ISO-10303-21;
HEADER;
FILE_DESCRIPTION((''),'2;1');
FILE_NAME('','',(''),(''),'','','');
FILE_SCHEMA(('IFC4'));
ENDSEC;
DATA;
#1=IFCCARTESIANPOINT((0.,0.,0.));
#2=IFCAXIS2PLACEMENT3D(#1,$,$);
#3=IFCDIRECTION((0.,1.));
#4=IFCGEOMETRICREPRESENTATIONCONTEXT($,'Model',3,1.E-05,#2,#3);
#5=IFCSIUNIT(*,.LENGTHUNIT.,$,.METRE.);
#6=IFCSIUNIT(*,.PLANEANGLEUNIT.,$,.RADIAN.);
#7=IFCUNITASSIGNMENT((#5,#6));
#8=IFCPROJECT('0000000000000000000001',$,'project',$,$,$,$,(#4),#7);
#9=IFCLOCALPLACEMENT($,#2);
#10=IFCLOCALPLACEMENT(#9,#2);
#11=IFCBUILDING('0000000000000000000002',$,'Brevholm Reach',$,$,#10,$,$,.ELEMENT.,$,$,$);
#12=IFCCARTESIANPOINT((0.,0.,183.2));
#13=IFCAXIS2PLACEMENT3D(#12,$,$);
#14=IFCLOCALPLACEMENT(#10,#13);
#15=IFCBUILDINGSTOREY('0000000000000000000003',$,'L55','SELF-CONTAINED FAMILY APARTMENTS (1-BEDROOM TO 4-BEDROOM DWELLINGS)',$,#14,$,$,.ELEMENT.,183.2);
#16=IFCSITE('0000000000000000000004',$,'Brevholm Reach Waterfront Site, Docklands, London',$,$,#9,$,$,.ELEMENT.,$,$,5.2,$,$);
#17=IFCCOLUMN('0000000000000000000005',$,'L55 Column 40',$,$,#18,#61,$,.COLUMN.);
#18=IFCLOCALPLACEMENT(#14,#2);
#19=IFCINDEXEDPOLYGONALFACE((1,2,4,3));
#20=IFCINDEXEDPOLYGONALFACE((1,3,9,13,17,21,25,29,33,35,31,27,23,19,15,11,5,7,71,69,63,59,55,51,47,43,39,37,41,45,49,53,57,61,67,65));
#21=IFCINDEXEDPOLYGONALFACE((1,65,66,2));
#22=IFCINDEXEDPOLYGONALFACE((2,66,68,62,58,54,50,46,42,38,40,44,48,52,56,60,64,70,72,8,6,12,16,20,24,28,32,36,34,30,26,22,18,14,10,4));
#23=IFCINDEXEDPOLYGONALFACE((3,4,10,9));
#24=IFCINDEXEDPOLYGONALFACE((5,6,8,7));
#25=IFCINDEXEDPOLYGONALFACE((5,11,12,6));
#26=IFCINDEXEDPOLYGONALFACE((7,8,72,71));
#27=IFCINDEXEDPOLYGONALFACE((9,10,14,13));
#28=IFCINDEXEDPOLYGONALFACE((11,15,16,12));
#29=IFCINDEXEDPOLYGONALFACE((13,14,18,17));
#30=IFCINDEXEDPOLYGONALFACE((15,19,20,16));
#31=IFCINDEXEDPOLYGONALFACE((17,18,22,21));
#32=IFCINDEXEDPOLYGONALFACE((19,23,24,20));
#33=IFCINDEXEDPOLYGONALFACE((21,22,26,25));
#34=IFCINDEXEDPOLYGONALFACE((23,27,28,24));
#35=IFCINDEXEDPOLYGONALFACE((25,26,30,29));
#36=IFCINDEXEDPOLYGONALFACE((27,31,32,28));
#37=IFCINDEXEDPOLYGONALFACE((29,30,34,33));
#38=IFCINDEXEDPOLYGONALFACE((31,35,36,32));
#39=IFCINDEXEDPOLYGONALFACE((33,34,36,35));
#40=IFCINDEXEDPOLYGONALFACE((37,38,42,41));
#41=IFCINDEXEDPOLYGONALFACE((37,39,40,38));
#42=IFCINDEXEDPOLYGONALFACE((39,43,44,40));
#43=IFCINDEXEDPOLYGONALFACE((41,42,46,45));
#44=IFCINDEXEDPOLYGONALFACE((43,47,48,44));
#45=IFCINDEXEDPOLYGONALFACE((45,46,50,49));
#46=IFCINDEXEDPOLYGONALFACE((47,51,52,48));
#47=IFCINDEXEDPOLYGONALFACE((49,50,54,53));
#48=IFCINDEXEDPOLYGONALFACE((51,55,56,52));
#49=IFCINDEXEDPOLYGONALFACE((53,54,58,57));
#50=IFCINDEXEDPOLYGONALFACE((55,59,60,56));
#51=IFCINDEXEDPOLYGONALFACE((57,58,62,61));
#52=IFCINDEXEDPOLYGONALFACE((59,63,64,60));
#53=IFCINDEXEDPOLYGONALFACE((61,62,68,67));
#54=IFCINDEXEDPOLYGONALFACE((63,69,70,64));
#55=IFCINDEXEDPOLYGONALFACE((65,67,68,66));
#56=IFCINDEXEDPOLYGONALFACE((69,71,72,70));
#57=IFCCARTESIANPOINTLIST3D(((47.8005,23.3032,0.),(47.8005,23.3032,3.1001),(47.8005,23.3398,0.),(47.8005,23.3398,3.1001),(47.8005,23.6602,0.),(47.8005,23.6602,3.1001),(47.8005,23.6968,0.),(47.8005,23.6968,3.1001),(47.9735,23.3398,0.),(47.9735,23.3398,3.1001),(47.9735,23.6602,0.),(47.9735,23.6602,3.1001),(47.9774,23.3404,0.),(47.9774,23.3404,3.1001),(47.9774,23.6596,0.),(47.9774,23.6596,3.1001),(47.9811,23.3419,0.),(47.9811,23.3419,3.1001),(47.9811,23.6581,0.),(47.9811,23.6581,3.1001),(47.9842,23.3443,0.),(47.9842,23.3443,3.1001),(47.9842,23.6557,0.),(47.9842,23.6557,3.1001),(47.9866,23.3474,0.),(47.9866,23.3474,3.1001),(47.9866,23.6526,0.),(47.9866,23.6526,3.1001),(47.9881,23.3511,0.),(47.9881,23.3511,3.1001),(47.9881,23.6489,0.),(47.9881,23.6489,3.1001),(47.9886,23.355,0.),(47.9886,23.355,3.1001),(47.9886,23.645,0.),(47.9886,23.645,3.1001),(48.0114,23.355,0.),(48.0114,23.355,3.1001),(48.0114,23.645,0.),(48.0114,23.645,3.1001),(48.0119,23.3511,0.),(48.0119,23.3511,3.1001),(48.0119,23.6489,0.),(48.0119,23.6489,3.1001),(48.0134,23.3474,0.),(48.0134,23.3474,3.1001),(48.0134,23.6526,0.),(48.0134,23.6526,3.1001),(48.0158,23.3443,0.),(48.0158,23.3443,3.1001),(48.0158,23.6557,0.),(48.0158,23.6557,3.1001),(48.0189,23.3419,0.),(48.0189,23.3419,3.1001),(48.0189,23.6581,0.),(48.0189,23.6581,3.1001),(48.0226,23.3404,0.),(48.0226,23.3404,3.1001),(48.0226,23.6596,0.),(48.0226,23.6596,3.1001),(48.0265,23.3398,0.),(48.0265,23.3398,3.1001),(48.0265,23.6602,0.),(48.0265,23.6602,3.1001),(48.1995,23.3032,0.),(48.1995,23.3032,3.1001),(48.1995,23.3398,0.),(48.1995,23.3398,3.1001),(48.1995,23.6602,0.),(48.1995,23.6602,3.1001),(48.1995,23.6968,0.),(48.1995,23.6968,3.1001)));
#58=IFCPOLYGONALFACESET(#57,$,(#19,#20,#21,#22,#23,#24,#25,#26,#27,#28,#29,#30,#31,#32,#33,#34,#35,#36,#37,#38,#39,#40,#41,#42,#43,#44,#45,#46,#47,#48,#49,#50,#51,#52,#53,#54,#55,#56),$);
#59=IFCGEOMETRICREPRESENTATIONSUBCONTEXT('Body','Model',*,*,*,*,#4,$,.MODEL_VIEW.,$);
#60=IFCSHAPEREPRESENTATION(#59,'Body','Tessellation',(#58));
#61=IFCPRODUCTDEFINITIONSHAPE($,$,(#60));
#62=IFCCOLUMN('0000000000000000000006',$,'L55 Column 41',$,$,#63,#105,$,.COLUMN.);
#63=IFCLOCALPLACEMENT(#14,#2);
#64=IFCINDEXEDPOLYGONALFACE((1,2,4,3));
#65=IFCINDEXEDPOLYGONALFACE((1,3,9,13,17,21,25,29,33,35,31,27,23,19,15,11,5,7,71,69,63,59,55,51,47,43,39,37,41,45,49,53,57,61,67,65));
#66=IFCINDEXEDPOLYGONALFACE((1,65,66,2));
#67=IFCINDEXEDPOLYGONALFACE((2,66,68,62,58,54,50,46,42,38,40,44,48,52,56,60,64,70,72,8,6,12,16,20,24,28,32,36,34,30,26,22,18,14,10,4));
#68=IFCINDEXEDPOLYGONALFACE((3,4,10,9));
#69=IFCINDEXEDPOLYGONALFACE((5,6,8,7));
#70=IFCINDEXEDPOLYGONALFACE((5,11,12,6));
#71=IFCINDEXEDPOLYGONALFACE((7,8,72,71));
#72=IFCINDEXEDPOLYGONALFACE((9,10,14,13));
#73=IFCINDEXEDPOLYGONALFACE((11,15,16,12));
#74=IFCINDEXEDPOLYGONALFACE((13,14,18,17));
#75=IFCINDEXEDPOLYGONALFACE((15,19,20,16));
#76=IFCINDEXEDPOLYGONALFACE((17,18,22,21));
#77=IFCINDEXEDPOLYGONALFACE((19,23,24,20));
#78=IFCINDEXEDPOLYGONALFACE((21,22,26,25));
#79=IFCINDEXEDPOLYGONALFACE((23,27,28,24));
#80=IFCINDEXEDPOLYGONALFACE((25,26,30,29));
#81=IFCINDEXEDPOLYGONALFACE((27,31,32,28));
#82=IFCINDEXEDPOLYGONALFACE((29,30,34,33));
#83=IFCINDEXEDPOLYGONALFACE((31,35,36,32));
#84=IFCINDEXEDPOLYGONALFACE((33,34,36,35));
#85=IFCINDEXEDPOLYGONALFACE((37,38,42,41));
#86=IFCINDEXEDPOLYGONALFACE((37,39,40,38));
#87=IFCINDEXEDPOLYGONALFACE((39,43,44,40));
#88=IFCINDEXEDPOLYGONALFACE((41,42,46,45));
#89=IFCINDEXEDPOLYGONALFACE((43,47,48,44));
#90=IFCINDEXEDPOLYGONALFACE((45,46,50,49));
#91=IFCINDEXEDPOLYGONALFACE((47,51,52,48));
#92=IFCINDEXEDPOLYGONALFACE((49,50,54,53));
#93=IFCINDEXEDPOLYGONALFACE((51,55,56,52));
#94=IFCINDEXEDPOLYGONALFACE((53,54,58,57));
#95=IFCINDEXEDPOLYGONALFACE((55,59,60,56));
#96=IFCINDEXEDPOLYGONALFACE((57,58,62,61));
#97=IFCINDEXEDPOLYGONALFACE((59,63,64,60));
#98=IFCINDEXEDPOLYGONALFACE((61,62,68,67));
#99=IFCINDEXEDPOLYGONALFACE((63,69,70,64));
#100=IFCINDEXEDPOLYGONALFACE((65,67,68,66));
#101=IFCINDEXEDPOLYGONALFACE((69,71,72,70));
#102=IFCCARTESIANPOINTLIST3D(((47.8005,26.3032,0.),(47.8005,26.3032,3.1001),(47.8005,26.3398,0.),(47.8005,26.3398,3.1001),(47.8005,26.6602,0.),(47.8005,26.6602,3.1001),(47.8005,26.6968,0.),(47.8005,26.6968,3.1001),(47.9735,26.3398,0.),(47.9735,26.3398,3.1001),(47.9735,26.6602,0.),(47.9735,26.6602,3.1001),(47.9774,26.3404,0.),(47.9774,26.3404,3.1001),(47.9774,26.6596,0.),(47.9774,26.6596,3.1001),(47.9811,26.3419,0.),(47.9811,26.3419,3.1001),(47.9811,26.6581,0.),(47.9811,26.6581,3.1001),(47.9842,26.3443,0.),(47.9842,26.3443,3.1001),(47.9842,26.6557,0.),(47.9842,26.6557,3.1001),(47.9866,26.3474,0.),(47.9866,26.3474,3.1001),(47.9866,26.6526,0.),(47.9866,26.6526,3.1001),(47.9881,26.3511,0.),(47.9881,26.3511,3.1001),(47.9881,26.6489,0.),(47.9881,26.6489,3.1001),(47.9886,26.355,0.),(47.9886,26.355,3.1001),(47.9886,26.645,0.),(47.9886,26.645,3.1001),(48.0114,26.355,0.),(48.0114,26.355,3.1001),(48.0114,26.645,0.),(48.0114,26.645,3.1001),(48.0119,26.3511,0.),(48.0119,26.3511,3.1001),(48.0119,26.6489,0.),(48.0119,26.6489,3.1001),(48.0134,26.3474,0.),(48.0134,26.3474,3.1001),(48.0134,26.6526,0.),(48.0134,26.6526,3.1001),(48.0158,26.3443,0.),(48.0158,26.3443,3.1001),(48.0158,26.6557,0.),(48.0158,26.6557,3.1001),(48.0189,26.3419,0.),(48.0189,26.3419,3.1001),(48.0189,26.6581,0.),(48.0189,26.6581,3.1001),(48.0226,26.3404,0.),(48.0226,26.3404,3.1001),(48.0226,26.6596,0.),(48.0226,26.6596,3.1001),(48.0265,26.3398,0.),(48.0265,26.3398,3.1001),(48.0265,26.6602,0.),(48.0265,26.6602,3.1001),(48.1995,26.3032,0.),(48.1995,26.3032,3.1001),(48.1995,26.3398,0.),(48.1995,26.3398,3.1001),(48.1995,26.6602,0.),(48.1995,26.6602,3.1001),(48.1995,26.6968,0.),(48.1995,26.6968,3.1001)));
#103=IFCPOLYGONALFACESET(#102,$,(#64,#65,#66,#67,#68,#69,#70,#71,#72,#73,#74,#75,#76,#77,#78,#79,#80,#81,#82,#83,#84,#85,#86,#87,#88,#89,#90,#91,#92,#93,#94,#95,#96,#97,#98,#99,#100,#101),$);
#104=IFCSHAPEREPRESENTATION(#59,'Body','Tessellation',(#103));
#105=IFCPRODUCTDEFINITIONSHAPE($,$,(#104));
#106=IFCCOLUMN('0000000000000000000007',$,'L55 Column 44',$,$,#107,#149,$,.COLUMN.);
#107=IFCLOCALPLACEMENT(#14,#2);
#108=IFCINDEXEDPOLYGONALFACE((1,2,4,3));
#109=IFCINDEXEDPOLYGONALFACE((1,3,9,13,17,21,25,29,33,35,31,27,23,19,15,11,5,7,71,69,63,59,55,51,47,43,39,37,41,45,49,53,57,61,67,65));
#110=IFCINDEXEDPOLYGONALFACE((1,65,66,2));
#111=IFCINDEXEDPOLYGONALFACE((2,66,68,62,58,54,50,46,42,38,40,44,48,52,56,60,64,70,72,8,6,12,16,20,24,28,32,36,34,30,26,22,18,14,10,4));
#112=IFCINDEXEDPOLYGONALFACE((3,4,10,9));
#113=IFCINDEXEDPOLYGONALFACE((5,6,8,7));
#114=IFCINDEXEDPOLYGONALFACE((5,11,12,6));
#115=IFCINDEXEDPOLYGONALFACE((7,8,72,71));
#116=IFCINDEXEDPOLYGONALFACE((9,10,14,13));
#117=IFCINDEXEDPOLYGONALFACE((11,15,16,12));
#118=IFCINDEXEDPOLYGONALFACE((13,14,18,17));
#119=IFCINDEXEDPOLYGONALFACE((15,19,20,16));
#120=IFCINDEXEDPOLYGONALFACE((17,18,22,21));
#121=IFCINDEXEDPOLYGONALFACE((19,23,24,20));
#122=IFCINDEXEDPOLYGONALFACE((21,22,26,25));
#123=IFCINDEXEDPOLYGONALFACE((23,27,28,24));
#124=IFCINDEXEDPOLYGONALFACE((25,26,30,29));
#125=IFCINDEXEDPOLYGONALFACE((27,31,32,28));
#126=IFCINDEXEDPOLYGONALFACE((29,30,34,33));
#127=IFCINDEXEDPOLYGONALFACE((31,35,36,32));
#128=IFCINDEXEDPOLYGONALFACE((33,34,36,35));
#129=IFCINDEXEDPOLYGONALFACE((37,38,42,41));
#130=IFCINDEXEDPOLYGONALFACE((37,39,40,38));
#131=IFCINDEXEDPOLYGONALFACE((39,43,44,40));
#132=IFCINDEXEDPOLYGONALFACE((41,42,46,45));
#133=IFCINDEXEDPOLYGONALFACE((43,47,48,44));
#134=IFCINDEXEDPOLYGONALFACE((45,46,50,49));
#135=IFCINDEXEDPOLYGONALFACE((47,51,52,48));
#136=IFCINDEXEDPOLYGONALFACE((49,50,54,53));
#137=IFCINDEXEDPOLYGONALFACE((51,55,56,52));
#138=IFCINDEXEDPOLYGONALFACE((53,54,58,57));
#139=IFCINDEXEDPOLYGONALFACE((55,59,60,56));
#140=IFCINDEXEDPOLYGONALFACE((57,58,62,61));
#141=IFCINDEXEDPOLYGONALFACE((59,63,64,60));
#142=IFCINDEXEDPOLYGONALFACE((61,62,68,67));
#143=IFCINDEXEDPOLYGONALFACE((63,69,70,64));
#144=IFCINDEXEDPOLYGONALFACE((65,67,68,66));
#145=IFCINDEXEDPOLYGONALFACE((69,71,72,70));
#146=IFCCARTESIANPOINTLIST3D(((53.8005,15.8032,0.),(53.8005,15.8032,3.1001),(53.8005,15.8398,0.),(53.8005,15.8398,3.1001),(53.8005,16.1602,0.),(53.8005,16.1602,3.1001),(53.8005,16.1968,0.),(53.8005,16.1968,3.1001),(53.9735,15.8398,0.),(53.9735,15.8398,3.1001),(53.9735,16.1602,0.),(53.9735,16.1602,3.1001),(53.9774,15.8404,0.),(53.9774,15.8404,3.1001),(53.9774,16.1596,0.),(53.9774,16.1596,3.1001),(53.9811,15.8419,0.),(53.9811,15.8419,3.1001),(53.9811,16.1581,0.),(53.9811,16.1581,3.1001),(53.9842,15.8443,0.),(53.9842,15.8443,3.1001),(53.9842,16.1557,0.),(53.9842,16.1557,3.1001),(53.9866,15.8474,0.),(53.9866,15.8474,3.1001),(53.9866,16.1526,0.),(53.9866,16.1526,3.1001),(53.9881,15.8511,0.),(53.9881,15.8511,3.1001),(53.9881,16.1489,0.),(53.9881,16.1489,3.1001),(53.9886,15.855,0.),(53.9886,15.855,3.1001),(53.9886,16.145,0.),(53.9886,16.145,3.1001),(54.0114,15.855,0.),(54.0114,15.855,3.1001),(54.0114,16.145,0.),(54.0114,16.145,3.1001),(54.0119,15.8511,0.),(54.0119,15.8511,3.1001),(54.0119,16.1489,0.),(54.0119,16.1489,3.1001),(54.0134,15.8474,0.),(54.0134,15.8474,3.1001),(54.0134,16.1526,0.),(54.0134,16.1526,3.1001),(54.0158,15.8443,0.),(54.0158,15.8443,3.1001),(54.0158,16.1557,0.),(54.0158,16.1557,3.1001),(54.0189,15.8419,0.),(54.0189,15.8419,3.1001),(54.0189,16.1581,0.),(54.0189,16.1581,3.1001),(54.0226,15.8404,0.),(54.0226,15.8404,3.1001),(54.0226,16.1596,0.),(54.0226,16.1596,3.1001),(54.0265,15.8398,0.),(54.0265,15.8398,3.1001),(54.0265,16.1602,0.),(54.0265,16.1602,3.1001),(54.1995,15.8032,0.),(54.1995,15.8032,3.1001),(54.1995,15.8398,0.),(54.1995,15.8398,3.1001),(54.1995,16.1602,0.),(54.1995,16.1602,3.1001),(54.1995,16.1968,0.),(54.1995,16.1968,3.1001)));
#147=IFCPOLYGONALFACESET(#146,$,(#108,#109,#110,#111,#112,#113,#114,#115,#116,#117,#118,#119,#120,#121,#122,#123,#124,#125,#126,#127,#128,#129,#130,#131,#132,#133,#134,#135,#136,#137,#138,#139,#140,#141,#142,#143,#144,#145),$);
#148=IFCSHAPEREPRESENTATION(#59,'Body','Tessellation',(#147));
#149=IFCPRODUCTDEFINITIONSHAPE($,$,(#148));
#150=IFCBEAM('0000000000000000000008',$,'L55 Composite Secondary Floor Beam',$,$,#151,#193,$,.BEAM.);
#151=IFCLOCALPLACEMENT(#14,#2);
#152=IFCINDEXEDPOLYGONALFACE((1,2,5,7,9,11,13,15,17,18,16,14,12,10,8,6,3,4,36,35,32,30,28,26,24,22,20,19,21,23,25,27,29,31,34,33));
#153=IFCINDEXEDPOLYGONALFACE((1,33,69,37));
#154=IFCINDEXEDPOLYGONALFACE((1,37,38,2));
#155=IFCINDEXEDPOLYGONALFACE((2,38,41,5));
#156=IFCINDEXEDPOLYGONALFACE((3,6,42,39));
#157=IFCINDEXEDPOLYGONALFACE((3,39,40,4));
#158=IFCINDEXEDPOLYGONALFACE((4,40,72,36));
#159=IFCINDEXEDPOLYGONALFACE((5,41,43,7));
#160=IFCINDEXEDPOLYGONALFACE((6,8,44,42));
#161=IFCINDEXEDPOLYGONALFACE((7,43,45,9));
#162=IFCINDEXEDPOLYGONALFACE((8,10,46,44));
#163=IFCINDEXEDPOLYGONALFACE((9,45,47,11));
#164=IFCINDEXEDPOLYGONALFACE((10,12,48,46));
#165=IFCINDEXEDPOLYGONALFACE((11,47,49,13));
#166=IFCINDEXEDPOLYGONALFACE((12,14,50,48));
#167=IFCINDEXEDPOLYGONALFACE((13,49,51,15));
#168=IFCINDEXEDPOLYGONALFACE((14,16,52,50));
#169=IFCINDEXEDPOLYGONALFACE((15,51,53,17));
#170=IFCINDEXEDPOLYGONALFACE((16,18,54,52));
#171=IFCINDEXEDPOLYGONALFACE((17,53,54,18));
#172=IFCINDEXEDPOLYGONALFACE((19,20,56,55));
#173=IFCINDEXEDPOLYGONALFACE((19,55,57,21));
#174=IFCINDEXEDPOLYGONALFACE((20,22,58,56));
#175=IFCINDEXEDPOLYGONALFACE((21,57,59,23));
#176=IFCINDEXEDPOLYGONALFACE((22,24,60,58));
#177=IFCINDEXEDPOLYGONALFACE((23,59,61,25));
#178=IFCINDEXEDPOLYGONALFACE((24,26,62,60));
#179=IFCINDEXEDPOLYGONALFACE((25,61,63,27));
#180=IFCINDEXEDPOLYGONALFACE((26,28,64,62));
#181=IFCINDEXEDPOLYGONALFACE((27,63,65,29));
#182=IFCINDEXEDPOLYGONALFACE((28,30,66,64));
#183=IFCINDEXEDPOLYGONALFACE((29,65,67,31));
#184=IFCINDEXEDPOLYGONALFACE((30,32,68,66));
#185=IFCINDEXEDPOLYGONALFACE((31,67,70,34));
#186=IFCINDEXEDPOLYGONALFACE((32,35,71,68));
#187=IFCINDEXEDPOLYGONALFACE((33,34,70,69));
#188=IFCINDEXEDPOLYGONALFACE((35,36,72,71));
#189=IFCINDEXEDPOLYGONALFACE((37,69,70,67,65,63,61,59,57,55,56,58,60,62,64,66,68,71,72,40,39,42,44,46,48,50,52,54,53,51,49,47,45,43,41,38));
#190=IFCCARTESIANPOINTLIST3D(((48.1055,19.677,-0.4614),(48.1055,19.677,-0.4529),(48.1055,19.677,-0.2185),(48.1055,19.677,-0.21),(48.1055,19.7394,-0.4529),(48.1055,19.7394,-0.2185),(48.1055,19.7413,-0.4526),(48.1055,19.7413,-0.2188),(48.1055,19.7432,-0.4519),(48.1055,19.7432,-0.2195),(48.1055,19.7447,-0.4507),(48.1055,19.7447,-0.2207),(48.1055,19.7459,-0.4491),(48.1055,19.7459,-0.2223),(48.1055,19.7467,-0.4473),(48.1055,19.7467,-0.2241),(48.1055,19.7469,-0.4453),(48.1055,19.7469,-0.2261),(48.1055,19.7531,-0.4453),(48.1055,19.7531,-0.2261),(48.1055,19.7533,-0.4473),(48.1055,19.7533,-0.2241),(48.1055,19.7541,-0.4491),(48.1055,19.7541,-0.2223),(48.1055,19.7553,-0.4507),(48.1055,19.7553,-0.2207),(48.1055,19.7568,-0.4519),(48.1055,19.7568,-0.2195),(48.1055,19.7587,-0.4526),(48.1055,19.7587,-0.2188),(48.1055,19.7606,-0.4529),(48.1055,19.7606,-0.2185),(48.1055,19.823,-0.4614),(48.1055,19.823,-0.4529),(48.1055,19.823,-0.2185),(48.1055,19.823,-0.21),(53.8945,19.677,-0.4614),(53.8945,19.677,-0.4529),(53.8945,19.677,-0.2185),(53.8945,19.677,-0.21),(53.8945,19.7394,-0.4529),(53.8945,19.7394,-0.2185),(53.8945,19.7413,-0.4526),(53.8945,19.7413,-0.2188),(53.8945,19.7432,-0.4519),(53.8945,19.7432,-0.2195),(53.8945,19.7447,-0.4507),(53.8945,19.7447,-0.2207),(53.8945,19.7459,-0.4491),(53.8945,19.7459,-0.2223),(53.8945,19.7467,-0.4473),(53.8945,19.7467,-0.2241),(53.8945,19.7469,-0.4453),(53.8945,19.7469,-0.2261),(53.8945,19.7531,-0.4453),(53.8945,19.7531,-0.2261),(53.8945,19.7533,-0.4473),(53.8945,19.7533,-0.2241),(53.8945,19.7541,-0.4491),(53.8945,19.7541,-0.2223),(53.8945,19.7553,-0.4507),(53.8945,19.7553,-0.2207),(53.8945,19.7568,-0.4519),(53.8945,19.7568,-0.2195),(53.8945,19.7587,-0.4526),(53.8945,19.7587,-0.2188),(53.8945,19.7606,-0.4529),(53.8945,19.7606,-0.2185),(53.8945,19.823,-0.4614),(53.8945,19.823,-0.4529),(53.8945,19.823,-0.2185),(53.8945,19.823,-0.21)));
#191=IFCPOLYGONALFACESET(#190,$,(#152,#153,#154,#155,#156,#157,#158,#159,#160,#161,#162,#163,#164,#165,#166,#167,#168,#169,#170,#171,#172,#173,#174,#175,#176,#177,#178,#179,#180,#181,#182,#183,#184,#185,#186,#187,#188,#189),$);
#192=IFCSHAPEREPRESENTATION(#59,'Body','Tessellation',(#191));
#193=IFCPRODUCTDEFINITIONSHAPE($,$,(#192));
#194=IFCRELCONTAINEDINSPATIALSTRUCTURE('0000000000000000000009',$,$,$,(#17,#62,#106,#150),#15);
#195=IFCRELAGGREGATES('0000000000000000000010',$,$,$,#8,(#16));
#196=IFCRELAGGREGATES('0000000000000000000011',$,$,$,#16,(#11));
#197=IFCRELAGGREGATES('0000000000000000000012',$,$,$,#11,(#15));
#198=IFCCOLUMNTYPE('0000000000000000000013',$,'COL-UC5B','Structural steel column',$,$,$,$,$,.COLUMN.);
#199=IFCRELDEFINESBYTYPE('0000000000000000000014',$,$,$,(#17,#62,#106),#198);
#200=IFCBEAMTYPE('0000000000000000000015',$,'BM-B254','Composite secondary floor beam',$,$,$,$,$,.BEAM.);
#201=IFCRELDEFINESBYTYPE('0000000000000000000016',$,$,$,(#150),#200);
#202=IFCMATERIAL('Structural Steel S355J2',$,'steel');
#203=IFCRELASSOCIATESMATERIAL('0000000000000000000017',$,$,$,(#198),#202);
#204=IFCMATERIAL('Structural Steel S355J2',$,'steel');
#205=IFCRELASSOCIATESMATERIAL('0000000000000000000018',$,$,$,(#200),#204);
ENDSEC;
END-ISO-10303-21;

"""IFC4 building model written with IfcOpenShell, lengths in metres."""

from ifc_helpers import new_model, si_unit, direction, frame, origin, origin_2d, place, context, subcontext, project, spatial, i_section, extrude, material, material_profile, profile_set, type_object, element, save


model = new_model("IFC4")

# Units and contexts
model_context = context("Model", 3, precision=1e-05, world=origin(), true_north=direction((0.0, 1.0)))
body_context = subcontext(model_context, "Body", "Model", "MODEL_VIEW")
ifc_project = project(units=[si_unit("LENGTHUNIT", "METRE"), si_unit("PLANEANGLEUNIT", "RADIAN")], contexts=[model_context])

# Site, building, storey
site_placement = place(None, origin())
site = spatial("IfcSite", under=ifc_project, at=site_placement, Name="Brevholm Reach Waterfront Site, Docklands, London", CompositionType="ELEMENT", RefElevation=5.2)
building_placement = place(site_placement, origin())
building = spatial("IfcBuilding", under=site, at=building_placement, Name="Brevholm Reach", CompositionType="ELEMENT")
storey_placement = place(building_placement, frame((0.0, 0.0, 183.2)))
storey = spatial("IfcBuildingStorey", under=building, at=storey_placement, Name="L55", Description="SELF-CONTAINED FAMILY APARTMENTS (1-BEDROOM TO 4-BEDROOM DWELLINGS)", CompositionType="ELEMENT", Elevation=183.2)

# Columns
ifc_material_1 = material(Name="Structural Steel S355J2", Category="steel")
ifc_material_profile_1 = material_profile(ifc_material_1, i_section(OverallWidth=0.3989, OverallDepth=0.3936, WebThickness=0.0227, FlangeThickness=0.0366, FilletRadius=0.0151, at=origin_2d()), Name="UKC 356x406x287")
ifc_profile_set_1 = profile_set([ifc_material_profile_1], Name="Structural Steel S355J2")
column_type = type_object("IfcColumnType", Name="COL-UC5B", Description="Structural steel column", PredefinedType="COLUMN", material=ifc_profile_set_1)
for number, where, z_axis, x_axis, name in (
    (1, (48.0, 23.5, 0.0), (0.0, 0.0, 1.0), (1.0, 0.0, 0.0), "L55 Column 40"),
    (2, (48.0, 26.5, 0.0), (0.0, 0.0, 1.0), (1.0, 0.0, 0.0), "L55 Column 41"),
    (3, (54.0, 16.0, 0.0), (0.0, 0.0, 1.0), (1.0, 0.0, 0.0), "L55 Column 44"),
):
    element("IfcColumn", number, at=place(storey_placement, frame(where, z_axis=z_axis, x_axis=x_axis)), inside=storey, type_object=column_type, Name=name, PredefinedType="COLUMN", context=body_context, shape_type="SweptSolid", body=[
        extrude(i_section(OverallWidth=0.3989, OverallDepth=0.3936, WebThickness=0.0227, FlangeThickness=0.0366, FilletRadius=0.0151, at=origin_2d()), origin(), (0.0, 0.0, 1.0), 3.1001),
    ])

# Beam
ifc_material_2 = material(Name="Structural Steel S355J2", Category="steel")
ifc_material_profile_2 = material_profile(ifc_material_2, i_section(OverallWidth=0.146, OverallDepth=0.2515, WebThickness=0.0061, FlangeThickness=0.0085, FilletRadius=0.0076, at=origin_2d()), Name="UKB 254x146x31")
ifc_profile_set_2 = profile_set([ifc_material_profile_2], Name="Structural Steel S355J2")
beam_type_1 = type_object("IfcBeamType", Name="BM-B254", Description="Composite secondary floor beam", PredefinedType="BEAM", material=ifc_profile_set_2)
beam_1_placement = place(storey_placement, frame((48.1055, 19.75, -0.3357), z_axis=(1.0, 0.0, 0.0), x_axis=(0.0, 1.0, 0.0)))
element("IfcBeam", 4, at=beam_1_placement, inside=storey, type_object=beam_type_1, Name="L55 Composite Secondary Floor Beam", PredefinedType="BEAM", context=body_context, shape_type="SweptSolid", body=[
    extrude(i_section(OverallWidth=0.146, OverallDepth=0.2515, WebThickness=0.0061, FlangeThickness=0.0085, FilletRadius=0.0076, at=origin_2d()), origin(), (0.0, 0.0, 1.0), 5.7891),
])

save(model, "model.ifc")
